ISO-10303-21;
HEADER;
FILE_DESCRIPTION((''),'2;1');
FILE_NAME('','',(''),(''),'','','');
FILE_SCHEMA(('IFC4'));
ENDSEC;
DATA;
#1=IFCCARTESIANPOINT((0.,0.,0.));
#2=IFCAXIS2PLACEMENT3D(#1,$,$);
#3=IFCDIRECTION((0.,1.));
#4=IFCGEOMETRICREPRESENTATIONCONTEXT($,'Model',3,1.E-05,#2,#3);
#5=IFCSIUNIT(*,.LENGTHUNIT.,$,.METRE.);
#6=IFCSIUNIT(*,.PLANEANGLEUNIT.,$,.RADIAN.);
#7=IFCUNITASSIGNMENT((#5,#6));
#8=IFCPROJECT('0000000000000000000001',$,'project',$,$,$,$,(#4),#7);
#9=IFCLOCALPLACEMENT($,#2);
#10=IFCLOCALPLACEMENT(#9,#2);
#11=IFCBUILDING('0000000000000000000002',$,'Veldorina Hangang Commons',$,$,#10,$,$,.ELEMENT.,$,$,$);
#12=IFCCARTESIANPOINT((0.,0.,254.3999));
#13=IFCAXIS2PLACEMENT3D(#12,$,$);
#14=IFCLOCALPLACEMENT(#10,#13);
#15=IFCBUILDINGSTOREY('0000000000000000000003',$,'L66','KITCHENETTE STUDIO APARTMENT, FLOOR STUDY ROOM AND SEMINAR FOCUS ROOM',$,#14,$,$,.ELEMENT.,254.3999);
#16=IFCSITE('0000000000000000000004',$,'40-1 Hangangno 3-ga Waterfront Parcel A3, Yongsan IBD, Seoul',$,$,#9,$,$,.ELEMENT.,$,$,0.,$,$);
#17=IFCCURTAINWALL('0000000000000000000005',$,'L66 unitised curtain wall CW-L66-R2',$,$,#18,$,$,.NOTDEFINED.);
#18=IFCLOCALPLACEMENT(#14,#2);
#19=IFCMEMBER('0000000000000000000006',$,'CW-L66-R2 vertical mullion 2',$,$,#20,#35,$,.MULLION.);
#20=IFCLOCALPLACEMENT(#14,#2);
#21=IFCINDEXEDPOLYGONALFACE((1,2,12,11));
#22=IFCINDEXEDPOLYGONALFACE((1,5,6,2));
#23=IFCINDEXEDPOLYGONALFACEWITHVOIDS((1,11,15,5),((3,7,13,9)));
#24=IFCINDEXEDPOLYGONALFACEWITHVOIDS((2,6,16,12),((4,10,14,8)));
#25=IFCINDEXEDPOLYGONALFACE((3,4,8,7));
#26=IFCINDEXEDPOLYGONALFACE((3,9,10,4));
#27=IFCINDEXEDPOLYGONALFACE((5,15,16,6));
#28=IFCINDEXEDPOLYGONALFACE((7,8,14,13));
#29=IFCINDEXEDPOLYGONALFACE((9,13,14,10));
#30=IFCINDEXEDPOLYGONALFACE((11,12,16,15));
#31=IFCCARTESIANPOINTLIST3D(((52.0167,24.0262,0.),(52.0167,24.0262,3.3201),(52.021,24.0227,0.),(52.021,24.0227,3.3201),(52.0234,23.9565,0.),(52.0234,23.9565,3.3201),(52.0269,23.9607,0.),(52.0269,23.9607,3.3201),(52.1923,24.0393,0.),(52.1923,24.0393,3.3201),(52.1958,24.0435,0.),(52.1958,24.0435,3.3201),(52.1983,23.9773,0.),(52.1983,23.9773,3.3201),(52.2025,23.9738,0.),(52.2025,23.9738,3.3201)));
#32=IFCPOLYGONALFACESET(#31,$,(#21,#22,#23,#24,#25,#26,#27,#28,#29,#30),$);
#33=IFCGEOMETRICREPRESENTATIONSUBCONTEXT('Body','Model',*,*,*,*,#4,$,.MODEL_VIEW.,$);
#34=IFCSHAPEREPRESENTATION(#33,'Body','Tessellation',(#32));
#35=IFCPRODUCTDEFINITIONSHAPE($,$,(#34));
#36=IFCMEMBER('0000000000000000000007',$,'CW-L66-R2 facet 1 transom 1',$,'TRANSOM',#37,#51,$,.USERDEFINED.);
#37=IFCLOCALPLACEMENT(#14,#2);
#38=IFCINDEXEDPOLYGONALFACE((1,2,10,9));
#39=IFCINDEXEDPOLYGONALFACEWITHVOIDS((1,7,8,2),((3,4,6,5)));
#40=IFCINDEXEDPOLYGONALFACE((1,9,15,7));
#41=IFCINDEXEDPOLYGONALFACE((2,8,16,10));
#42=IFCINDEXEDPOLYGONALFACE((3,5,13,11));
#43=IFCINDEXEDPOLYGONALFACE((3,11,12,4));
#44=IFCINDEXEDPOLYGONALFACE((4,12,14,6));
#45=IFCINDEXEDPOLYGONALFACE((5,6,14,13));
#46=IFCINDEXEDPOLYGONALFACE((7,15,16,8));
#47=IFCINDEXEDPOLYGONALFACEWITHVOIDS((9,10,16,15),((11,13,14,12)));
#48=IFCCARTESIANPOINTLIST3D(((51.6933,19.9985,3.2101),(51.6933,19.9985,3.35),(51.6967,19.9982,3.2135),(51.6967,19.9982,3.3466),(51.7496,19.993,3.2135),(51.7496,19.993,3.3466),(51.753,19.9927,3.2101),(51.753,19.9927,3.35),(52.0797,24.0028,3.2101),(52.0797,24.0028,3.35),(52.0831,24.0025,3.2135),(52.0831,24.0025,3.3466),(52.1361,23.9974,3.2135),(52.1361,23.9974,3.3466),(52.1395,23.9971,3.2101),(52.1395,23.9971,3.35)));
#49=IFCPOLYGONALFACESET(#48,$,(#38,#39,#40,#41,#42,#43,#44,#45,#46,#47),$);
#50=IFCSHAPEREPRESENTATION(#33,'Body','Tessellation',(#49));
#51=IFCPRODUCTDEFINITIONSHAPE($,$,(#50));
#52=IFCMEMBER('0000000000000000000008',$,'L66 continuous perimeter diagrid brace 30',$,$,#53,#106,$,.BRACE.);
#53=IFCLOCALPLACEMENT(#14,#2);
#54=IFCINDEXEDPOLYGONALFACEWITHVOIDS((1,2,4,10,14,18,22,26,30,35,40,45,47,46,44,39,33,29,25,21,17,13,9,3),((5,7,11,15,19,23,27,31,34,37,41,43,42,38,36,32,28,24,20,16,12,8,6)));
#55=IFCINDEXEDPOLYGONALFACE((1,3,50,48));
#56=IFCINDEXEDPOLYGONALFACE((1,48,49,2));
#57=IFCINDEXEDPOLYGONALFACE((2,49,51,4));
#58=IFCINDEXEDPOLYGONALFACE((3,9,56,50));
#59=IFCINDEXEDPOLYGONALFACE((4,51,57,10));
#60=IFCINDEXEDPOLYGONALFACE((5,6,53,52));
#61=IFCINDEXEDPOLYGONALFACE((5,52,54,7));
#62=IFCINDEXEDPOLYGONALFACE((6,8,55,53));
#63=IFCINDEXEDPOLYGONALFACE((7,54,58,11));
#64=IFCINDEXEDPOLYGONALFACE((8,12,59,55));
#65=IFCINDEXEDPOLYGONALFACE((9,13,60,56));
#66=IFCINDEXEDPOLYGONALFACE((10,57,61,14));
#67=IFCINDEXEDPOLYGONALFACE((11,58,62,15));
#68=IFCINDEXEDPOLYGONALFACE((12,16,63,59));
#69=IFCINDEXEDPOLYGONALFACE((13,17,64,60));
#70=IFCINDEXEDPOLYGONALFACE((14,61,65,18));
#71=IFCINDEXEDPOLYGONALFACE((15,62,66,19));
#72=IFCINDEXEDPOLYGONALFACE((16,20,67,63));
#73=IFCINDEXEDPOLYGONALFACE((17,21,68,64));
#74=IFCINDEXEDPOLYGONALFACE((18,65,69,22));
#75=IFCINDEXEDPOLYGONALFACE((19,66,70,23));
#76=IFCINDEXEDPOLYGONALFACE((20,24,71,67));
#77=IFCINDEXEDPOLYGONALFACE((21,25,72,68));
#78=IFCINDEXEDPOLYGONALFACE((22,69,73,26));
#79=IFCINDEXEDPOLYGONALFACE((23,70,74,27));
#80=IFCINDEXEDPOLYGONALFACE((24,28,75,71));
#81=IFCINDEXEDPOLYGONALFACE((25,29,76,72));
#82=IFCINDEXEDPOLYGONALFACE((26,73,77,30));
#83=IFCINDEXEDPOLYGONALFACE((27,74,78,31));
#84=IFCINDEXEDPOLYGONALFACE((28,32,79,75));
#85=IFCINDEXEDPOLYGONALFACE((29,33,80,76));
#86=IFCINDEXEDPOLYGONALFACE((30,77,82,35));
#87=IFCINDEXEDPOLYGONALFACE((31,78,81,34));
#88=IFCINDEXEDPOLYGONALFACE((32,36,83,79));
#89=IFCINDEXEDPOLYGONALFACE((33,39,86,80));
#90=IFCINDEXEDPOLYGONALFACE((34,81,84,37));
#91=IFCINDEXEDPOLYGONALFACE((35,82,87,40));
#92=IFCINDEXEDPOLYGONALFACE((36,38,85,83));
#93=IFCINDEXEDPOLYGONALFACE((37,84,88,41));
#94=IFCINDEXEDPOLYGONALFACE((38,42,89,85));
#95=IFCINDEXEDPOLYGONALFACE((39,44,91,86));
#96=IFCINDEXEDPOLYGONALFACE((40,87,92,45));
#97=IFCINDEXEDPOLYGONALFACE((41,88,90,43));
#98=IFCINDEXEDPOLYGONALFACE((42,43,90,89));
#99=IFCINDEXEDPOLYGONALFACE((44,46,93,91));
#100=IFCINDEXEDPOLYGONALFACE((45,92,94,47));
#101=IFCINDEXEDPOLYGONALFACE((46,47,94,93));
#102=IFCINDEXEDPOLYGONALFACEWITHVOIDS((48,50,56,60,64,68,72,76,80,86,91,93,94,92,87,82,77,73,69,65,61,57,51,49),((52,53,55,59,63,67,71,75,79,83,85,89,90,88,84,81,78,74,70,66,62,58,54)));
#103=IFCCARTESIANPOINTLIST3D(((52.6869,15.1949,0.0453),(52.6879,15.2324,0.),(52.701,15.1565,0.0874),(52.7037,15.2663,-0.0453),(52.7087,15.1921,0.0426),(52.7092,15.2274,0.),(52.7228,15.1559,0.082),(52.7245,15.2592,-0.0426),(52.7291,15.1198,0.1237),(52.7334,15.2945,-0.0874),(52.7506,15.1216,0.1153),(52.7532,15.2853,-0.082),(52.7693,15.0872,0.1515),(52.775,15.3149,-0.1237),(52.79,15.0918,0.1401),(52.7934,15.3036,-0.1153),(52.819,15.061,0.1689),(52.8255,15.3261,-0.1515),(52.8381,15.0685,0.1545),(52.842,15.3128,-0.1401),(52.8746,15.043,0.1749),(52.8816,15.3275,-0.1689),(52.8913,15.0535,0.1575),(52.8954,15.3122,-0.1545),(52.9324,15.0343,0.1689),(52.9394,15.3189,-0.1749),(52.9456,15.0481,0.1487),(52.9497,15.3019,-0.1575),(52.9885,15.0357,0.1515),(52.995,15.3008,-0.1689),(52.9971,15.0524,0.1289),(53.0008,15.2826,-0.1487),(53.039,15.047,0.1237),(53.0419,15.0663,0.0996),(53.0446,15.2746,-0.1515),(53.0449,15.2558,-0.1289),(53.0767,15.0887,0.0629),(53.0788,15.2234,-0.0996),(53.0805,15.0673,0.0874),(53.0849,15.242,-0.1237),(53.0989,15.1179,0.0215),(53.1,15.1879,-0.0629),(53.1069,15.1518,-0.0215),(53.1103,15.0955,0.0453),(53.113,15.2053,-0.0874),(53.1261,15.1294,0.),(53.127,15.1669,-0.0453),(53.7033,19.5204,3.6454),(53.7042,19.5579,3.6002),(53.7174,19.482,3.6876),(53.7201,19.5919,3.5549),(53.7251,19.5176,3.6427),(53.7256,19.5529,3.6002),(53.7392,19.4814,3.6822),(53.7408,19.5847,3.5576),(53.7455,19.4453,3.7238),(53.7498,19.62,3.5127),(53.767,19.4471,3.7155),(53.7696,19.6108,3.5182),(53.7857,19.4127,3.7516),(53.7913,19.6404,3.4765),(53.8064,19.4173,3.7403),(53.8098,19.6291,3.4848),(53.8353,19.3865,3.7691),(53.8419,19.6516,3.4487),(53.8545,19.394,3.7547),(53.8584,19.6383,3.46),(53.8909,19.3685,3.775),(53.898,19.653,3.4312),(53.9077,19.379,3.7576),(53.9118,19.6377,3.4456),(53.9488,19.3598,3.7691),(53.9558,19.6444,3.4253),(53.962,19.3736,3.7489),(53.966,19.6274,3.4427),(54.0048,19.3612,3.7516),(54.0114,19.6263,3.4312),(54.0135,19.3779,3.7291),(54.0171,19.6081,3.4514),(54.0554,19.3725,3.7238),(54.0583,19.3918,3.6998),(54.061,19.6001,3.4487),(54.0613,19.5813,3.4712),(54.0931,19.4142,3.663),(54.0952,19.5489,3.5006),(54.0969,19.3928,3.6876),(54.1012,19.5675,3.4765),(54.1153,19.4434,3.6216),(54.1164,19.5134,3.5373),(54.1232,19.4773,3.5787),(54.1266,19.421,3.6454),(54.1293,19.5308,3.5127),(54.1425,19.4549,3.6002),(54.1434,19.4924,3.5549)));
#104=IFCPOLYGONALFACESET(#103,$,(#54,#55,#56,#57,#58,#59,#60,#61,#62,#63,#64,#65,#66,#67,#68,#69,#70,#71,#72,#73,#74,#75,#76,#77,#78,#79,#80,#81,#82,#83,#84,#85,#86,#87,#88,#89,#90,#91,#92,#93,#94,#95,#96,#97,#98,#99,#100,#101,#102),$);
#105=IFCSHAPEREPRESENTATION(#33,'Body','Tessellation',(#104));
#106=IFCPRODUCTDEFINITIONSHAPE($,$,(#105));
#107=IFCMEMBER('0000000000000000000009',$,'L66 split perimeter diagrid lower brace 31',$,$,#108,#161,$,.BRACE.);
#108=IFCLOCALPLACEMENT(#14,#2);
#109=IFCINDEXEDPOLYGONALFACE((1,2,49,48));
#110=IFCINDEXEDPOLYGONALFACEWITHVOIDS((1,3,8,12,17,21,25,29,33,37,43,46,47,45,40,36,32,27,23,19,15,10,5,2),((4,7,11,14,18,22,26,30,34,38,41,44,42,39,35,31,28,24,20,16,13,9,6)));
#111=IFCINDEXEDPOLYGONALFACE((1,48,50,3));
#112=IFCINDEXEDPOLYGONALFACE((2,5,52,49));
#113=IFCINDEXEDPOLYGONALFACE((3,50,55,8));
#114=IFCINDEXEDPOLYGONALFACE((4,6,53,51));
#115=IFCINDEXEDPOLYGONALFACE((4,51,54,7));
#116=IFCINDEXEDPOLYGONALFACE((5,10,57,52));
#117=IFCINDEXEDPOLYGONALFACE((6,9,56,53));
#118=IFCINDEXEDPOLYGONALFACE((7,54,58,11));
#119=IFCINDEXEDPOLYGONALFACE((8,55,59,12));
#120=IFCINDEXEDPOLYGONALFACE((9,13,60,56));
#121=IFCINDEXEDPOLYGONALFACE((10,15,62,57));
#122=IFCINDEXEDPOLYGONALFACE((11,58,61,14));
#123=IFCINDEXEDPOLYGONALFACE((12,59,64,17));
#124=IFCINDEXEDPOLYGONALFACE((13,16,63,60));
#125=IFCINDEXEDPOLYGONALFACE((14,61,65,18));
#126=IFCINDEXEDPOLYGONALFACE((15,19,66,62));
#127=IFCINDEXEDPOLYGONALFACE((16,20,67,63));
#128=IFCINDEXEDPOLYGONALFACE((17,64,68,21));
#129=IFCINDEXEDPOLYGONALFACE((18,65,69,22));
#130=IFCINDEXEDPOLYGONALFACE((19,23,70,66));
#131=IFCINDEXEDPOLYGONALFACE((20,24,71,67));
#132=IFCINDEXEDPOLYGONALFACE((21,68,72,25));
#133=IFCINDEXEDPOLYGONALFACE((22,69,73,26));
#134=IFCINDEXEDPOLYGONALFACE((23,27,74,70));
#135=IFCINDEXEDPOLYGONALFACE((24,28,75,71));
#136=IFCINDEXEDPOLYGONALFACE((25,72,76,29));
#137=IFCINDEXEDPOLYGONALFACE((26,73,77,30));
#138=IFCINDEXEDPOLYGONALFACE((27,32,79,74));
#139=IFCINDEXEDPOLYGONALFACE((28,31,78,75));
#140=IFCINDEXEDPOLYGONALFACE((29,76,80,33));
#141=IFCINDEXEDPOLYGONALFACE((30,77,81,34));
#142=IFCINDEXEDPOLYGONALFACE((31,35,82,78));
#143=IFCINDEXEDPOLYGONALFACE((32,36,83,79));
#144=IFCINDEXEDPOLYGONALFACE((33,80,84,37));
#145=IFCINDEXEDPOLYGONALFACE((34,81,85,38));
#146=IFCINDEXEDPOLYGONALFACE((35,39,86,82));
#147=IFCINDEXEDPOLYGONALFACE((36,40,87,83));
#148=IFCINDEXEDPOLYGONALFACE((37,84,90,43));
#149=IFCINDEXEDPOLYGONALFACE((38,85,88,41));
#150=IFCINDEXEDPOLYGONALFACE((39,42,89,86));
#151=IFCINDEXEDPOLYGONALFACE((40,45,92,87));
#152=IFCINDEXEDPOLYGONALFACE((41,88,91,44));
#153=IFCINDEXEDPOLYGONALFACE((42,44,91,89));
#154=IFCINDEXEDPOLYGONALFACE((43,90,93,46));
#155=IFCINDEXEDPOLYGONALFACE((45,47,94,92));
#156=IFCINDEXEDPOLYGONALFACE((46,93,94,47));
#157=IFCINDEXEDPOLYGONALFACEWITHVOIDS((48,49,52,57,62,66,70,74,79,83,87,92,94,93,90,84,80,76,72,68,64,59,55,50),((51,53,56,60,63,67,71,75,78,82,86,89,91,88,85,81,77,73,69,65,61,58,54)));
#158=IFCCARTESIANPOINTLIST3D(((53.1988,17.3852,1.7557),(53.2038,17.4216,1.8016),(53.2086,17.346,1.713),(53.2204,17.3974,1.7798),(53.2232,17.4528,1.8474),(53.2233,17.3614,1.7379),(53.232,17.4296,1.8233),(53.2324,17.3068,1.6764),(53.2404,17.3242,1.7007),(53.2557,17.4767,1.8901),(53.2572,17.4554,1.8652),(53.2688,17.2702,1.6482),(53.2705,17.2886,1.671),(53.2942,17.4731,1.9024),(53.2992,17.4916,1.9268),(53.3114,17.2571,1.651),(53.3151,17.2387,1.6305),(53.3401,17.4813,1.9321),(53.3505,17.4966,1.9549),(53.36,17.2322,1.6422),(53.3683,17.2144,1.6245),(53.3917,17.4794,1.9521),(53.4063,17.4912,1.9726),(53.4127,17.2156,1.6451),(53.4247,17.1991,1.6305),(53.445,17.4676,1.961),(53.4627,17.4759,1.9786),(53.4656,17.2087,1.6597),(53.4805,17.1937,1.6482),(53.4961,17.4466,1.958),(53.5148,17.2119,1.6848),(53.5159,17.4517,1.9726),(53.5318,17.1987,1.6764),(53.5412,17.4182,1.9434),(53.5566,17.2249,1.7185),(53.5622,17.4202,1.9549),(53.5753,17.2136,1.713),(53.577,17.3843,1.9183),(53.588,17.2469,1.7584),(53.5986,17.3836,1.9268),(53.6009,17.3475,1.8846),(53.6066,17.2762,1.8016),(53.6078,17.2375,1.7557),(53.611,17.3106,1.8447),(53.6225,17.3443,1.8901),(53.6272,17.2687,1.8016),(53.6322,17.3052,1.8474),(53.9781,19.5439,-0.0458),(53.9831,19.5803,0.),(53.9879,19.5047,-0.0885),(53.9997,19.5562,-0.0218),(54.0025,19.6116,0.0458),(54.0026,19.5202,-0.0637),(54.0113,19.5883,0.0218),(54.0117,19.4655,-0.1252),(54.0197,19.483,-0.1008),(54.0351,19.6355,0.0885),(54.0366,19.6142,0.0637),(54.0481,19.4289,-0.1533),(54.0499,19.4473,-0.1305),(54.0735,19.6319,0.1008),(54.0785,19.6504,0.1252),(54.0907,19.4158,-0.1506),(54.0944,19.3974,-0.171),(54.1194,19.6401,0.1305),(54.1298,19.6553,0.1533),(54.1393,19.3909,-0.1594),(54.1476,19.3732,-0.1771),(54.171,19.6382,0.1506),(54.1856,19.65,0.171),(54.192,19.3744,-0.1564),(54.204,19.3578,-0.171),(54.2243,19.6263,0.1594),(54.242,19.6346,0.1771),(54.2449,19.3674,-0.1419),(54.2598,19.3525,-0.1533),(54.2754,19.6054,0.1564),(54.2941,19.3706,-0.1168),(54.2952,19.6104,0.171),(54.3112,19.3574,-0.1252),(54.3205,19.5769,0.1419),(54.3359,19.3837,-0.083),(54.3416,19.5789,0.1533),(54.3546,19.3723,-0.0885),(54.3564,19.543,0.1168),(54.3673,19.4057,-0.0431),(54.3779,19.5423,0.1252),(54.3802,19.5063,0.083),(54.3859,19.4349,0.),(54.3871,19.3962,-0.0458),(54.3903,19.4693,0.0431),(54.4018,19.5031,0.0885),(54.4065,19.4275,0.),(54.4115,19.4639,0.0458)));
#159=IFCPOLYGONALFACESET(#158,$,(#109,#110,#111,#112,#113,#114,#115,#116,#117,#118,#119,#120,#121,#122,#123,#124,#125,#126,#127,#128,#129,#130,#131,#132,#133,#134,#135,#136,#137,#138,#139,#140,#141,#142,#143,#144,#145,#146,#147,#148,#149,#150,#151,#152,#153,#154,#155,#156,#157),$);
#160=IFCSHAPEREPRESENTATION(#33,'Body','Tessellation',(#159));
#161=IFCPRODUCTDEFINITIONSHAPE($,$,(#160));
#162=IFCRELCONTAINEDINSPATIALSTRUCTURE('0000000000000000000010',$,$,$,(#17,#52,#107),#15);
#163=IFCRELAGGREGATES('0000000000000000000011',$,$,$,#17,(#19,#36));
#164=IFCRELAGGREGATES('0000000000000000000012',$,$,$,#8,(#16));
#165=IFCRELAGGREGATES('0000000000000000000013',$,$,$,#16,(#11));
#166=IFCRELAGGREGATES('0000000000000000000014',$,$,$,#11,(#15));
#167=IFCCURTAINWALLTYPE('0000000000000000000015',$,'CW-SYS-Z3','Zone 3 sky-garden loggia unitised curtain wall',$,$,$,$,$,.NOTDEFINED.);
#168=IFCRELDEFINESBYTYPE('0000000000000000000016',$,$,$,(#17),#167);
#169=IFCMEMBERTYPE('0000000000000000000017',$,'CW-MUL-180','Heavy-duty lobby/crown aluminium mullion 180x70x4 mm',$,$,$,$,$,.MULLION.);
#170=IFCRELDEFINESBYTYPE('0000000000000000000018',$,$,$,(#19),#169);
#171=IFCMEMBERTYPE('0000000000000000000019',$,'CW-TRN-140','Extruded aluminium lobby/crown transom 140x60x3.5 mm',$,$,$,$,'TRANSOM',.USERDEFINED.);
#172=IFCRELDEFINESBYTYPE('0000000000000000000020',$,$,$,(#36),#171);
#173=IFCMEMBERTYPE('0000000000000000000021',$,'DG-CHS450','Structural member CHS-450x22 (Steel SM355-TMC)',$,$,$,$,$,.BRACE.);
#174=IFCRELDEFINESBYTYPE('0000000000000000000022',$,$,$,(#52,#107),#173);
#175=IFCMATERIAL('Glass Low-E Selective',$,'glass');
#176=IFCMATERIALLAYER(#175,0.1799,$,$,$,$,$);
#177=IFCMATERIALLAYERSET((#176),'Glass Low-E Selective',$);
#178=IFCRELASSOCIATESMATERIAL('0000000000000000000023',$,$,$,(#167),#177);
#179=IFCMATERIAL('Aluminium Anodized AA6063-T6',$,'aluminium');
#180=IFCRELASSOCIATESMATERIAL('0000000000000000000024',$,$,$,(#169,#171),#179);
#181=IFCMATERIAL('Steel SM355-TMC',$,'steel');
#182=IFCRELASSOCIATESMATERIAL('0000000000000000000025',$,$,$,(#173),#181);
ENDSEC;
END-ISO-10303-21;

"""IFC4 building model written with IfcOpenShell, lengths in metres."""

from ifc_helpers import new_model, si_unit, direction, frame, origin, origin_2d, place, context, subcontext, project, spatial, hollow_rectangle, hollow_circle, extrude, material, layer, layer_set, material_profile, profile_set, type_object, element, aggregate, save


model = new_model("IFC4")

# Units and contexts
model_context = context("Model", 3, precision=1e-05, world=origin(), true_north=direction((0.0, 1.0)))
body_context = subcontext(model_context, "Body", "Model", "MODEL_VIEW")
ifc_project = project(units=[si_unit("LENGTHUNIT", "METRE"), si_unit("PLANEANGLEUNIT", "RADIAN")], contexts=[model_context])

# Site, building, storey
site_placement = place(None, origin())
site = spatial("IfcSite", under=ifc_project, at=site_placement, Name="40-1 Hangangno 3-ga Waterfront Parcel A3, Yongsan IBD, Seoul", CompositionType="ELEMENT", RefElevation=0.0)
building_placement = place(site_placement, origin())
building = spatial("IfcBuilding", under=site, at=building_placement, Name="Veldorina Hangang Commons", CompositionType="ELEMENT")
storey_placement = place(building_placement, frame((0.0, 0.0, 254.3999)))
storey = spatial("IfcBuildingStorey", under=building, at=storey_placement, Name="L66", Description="KITCHENETTE STUDIO APARTMENT, FLOOR STUDY ROOM AND SEMINAR FOCUS ROOM", CompositionType="ELEMENT", Elevation=254.3999)

# Shared definitions
ifc_material_1 = material(Name="Steel SM355-TMC", Category="steel")

# Shared definitions
ifc_material_2 = material(Name="Glass Low-E Selective", Category="glass")
ifc_layer_1 = layer(ifc_material_2, 0.1799)
ifc_layer_set_1 = layer_set([ifc_layer_1], Name="Glass Low-E Selective")
curtain_wall_type = type_object("IfcCurtainWallType", Name="CW-SYS-Z3", Description="Zone 3 sky-garden loggia unitised curtain wall", PredefinedType="NOTDEFINED", material=ifc_layer_set_1)
ifc_material_3 = material(Name="Aluminium Anodized AA6063-T6", Category="aluminium")
ifc_material_profile_1 = material_profile(ifc_material_3, hollow_rectangle(XDim=0.0701, YDim=0.1799, WallThickness=0.0039, at=origin_2d()), Name="ALU-RHS-180x70x4")
ifc_profile_set_1 = profile_set([ifc_material_profile_1], Name="Aluminium Anodized AA6063-T6")
member_type_1 = type_object("IfcMemberType", Name="CW-MUL-180", Description="Heavy-duty lobby/crown aluminium mullion 180x70x4 mm", PredefinedType="MULLION", material=ifc_profile_set_1)

# Curtain wall, members
curtain_wall_1_placement = place(storey_placement, origin())
curtain_wall_1 = element("IfcCurtainWall", 1, at=curtain_wall_1_placement, inside=storey, type_object=curtain_wall_type, Name="L66 unitised curtain wall CW-L66-R2", PredefinedType="NOTDEFINED")
member_1_placement = place(storey_placement, frame((52.1096, 24.0, 0.0), z_axis=(0.0, 0.0, 1.0), x_axis=(-0.096054, 0.995376, 0.0)))
member_1 = element("IfcMember", 2, at=member_1_placement, type_object=member_type_1, Name="CW-L66-R2 vertical mullion 2", PredefinedType="MULLION", context=body_context, shape_type="SweptSolid", body=[
    extrude(hollow_rectangle(XDim=0.0701, YDim=0.1799, WallThickness=0.0039, at=origin_2d()), origin(), (0.0, 0.0, 1.0), 3.3201),
])
ifc_material_profile_2 = material_profile(ifc_material_3, hollow_rectangle(XDim=0.0601, YDim=0.1399, WallThickness=0.0034, at=origin_2d()), Name="ALU-RHS-140x60x3.5")
ifc_profile_set_2 = profile_set([ifc_material_profile_2], Name="Aluminium Anodized AA6063-T6")
member_type_2 = type_object("IfcMemberType", Name="CW-TRN-140", Description="Extruded aluminium lobby/crown transom 140x60x3.5 mm", ElementType="TRANSOM", PredefinedType="USERDEFINED", material=ifc_profile_set_2)
member_2_placement = place(storey_placement, frame((51.7231, 19.9956, 3.28), z_axis=(0.096066, 0.995375, 0.0), x_axis=(-0.995375, 0.096066, 0.0)))
member_2 = element("IfcMember", 3, at=member_2_placement, type_object=member_type_2, Name="CW-L66-R2 facet 1 transom 1", ObjectType="TRANSOM", PredefinedType="USERDEFINED", context=body_context, shape_type="SweptSolid", body=[
    extrude(hollow_rectangle(XDim=0.0601, YDim=0.1399, WallThickness=0.0034, at=origin_2d()), origin(), (0.0, 0.0, 1.0), 4.0229),
])

# Members
ifc_material_profile_3 = material_profile(ifc_material_1, hollow_circle(Radius=0.2251, WallThickness=0.022, at=origin_2d()), Name="CHS-450x22")
ifc_profile_set_3 = profile_set([ifc_material_profile_3], Name="Steel SM355-TMC")
member_type_3 = type_object("IfcMemberType", Name="DG-CHS450", Description="Structural member CHS-450x22 (Steel SM355-TMC)", PredefinedType="BRACE", material=ifc_profile_set_3)
member_3_placement = place(storey_placement, frame((52.907, 15.1809, 0.0), z_axis=(0.177726, 0.756372, 0.629535), x_axis=(-0.973487, 0.228742, 0.0)))
element("IfcMember", 4, at=member_3_placement, inside=storey, type_object=member_type_3, Name="L66 continuous perimeter diagrid brace 30", PredefinedType="BRACE", context=body_context, shape_type="SweptSolid", body=[
    extrude(hollow_circle(Radius=0.2251, WallThickness=0.022, at=origin_2d()), origin(), (0.0, 0.0, 1.0), 5.7188),
])
member_4_placement = place(storey_placement, frame((54.1948, 19.5039, 0.0), z_axis=(-0.267097, -0.739872, 0.617453), x_axis=(0.940586, -0.339556, 0.0)))
element("IfcMember", 5, at=member_4_placement, inside=storey, type_object=member_type_3, Name="L66 split perimeter diagrid lower brace 31", PredefinedType="BRACE", context=body_context, shape_type="SweptSolid", body=[
    extrude(hollow_circle(Radius=0.2251, WallThickness=0.022, at=origin_2d()), origin(), (0.0, 0.0, 1.0), 2.9177),
])

aggregate(curtain_wall_1, [member_1, member_2])

save(model, "model.ifc")
